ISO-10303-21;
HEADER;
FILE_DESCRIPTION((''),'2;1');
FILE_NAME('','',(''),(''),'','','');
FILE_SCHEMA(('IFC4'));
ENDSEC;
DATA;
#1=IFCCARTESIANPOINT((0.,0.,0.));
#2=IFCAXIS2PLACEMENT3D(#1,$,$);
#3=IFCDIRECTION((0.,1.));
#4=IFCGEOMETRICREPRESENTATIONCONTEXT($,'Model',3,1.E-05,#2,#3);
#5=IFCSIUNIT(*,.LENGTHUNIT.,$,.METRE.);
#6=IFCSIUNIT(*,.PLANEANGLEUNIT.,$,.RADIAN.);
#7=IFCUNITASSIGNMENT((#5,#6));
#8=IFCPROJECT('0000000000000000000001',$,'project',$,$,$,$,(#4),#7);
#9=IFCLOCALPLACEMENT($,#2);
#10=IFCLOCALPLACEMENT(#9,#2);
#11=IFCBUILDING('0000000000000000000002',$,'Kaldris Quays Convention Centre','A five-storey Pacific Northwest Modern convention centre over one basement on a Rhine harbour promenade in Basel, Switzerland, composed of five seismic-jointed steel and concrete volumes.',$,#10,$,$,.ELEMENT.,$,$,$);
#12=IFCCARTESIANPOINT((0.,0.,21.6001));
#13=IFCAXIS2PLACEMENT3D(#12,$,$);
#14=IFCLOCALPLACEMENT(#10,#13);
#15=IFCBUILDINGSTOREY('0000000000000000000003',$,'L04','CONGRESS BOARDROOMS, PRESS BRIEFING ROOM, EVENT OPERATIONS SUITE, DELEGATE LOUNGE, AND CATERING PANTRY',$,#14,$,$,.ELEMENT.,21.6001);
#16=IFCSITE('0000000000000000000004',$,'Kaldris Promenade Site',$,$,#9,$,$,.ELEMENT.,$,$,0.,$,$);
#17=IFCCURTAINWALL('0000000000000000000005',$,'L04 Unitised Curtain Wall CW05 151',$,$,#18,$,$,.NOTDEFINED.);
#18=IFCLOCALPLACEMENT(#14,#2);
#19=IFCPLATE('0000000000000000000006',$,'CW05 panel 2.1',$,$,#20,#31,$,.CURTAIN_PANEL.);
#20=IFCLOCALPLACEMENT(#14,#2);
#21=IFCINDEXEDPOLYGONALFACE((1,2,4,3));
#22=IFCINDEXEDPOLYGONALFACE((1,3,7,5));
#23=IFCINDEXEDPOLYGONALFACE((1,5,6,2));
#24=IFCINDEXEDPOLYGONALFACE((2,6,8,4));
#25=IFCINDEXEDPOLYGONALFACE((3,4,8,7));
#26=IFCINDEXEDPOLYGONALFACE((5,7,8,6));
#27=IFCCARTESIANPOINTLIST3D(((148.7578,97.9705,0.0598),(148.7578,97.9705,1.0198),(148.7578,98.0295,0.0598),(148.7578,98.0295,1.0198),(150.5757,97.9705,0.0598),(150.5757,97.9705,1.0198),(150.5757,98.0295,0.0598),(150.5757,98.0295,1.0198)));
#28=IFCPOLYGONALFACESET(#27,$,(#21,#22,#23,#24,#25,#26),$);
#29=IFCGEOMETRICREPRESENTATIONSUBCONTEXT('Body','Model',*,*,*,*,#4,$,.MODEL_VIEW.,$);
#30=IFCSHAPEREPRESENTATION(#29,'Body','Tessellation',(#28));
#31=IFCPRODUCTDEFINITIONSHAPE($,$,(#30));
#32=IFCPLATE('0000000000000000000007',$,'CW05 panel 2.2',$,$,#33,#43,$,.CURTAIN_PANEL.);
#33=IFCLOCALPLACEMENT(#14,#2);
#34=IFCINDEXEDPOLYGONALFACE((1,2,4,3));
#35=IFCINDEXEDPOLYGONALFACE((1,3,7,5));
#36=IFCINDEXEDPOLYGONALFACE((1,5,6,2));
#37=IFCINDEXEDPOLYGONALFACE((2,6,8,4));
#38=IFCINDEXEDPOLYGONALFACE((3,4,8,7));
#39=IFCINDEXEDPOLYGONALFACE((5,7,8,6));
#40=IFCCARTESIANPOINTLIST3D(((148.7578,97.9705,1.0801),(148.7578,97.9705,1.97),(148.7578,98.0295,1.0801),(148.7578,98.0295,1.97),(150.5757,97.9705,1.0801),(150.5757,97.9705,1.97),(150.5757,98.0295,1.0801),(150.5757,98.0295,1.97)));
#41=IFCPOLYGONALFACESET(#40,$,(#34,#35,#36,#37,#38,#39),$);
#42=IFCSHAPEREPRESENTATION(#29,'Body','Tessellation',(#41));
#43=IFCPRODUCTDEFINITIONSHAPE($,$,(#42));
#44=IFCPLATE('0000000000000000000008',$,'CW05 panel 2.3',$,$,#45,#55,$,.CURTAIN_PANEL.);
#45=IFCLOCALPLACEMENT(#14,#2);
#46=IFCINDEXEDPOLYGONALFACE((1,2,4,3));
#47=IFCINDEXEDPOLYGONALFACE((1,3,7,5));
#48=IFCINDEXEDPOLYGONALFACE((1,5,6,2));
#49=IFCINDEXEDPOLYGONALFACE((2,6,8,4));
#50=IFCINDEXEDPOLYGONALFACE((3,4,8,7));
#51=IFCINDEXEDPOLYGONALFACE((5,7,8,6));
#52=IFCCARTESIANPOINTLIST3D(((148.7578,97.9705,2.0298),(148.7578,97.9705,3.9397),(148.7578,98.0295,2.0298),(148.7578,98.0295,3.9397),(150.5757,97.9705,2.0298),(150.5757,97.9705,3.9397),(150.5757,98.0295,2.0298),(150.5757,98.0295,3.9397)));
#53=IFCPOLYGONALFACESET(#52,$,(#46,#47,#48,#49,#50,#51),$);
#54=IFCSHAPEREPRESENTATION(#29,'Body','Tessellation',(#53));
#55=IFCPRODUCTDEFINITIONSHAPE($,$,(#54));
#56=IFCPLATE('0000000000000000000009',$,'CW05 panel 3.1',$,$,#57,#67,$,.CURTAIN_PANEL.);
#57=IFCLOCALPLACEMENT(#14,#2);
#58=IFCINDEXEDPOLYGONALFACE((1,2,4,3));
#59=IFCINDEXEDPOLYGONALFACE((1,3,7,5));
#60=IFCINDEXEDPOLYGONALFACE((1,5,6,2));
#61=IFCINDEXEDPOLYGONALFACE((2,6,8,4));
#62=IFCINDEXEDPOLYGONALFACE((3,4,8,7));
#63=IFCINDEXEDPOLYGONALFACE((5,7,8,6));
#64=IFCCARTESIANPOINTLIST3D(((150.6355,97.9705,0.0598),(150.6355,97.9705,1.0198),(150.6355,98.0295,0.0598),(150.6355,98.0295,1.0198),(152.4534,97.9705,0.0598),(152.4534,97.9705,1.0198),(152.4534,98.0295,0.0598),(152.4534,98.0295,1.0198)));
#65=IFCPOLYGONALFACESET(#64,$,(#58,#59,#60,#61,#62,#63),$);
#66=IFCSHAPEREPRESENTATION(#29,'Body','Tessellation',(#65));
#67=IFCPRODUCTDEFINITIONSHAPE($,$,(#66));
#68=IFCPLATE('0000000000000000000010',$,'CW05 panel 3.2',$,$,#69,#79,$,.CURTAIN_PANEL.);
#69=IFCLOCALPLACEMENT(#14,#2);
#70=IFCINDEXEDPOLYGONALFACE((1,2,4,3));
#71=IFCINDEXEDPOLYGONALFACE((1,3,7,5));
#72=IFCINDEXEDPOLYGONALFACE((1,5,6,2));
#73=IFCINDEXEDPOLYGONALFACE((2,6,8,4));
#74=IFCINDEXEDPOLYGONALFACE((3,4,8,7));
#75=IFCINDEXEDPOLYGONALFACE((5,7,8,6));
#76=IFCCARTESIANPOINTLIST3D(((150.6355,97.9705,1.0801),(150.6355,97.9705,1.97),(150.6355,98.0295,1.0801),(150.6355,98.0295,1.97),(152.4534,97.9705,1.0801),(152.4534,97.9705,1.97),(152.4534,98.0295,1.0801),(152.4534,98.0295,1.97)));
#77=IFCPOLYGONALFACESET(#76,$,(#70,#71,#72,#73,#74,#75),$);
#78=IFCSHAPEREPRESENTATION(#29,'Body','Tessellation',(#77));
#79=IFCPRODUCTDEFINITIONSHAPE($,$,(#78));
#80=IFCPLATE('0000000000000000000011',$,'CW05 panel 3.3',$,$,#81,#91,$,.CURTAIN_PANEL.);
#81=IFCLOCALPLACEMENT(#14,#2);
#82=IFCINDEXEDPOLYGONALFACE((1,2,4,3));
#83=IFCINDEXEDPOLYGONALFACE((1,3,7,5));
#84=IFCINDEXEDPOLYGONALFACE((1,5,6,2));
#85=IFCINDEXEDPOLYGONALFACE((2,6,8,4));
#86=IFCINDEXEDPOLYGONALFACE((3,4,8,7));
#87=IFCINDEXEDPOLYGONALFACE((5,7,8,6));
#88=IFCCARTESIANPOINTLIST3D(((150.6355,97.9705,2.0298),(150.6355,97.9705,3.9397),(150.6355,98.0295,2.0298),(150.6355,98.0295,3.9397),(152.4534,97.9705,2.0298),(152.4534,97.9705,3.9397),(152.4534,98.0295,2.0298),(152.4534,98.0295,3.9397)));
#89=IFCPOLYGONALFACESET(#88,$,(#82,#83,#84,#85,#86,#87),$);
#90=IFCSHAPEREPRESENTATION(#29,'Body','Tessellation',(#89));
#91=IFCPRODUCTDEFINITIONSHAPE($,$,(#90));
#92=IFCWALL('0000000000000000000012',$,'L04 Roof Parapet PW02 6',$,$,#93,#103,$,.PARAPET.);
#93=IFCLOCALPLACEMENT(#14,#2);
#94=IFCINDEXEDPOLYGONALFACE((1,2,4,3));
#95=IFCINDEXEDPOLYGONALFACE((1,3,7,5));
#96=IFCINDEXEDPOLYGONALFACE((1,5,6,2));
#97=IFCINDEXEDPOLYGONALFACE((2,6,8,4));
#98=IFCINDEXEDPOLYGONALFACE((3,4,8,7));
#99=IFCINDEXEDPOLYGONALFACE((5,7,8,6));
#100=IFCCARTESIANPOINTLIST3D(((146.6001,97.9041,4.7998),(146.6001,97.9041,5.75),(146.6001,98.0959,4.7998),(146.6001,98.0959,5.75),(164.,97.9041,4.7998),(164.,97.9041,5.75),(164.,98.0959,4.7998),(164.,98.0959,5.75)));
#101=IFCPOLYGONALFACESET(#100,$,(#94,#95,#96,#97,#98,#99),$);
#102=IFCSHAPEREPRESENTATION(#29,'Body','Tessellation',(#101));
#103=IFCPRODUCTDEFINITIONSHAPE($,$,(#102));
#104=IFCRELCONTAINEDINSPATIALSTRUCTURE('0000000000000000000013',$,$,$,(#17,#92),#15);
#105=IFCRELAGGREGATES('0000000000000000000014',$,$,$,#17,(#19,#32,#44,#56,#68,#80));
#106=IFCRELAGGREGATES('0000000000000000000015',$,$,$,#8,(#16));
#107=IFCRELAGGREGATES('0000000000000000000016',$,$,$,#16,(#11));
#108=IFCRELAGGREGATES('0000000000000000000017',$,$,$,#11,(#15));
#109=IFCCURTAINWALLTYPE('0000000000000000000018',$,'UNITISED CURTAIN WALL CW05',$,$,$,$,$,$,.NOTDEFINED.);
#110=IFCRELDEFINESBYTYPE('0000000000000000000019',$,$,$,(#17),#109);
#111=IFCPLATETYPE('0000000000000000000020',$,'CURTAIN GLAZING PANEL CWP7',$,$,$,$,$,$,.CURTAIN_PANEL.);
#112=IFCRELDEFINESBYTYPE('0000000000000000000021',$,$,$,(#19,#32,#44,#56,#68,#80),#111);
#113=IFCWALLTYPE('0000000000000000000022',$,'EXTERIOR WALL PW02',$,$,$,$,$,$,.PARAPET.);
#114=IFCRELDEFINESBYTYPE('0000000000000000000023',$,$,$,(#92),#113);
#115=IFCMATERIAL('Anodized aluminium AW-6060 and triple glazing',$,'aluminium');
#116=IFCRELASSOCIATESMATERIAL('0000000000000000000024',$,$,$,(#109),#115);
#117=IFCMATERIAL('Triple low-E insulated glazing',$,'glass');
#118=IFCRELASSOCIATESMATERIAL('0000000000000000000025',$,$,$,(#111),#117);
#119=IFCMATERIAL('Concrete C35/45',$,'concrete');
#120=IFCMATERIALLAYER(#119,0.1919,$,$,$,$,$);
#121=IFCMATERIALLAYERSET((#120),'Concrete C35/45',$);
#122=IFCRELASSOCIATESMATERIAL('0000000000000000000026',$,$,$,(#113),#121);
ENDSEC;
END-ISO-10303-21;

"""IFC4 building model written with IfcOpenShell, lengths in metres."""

from ifc_helpers import new_model, si_unit, direction, frame, frame_2d, origin, origin_2d, place, context, subcontext, project, spatial, rectangle, extrude, material, layer, layer_set, type_object, element, aggregate, save


model = new_model("IFC4")

# Units and contexts
model_context = context("Model", 3, precision=1e-05, world=origin(), true_north=direction((0.0, 1.0)))
body_context = subcontext(model_context, "Body", "Model", "MODEL_VIEW")
ifc_project = project(units=[si_unit("LENGTHUNIT", "METRE"), si_unit("PLANEANGLEUNIT", "RADIAN")], contexts=[model_context])

# Site, building, storey
site_placement = place(None, origin())
site = spatial("IfcSite", under=ifc_project, at=site_placement, Name="Kaldris Promenade Site", CompositionType="ELEMENT", RefElevation=0.0)
building_placement = place(site_placement, origin())
building = spatial("IfcBuilding", under=site, at=building_placement, Name="Kaldris Quays Convention Centre", Description="A five-storey Pacific Northwest Modern convention centre over one basement on a Rhine harbour promenade in Basel, Switzerland, composed of five seismic-jointed steel and concrete volumes.", CompositionType="ELEMENT")
storey_placement = place(building_placement, frame((0.0, 0.0, 21.6001)))
storey = spatial("IfcBuildingStorey", under=building, at=storey_placement, Name="L04", Description="CONGRESS BOARDROOMS, PRESS BRIEFING ROOM, EVENT OPERATIONS SUITE, DELEGATE LOUNGE, AND CATERING PANTRY", CompositionType="ELEMENT", Elevation=21.6001)

# Curtain wall
ifc_material_1 = material(Name="Anodized aluminium AW-6060 and triple glazing", Category="aluminium")
curtain_wall_type = type_object("IfcCurtainWallType", Name="UNITISED CURTAIN WALL CW05", PredefinedType="NOTDEFINED", material=ifc_material_1)
curtain_wall_placement = place(storey_placement, origin())
curtain_wall = element("IfcCurtainWall", 1, at=curtain_wall_placement, inside=storey, type_object=curtain_wall_type, Name="L04 Unitised Curtain Wall CW05 151", PredefinedType="NOTDEFINED")

# Plates
ifc_material_2 = material(Name="Triple low-E insulated glazing", Category="glass")
plate_type = type_object("IfcPlateType", Name="CURTAIN GLAZING PANEL CWP7", PredefinedType="CURTAIN_PANEL", material=ifc_material_2)
plate_1_placement = place(storey_placement, frame((149.6667, 98.0, 0.0598), z_axis=(0.0, 0.0, 1.0), x_axis=(1.0, 0.0, 0.0)))
plate_1 = element("IfcPlate", 2, at=plate_1_placement, type_object=plate_type, Name="CW05 panel 2.1", PredefinedType="CURTAIN_PANEL", context=body_context, shape_type="SweptSolid", body=[
    extrude(rectangle(XDim=1.8179, YDim=0.0591, at=origin_2d()), origin(), (0.0, 0.0, 1.0), 0.96),
])
plate_2_placement = place(storey_placement, frame((149.6667, 98.0, 1.0801), z_axis=(0.0, 0.0, 1.0), x_axis=(1.0, 0.0, 0.0)))
plate_2 = element("IfcPlate", 3, at=plate_2_placement, type_object=plate_type, Name="CW05 panel 2.2", PredefinedType="CURTAIN_PANEL", context=body_context, shape_type="SweptSolid", body=[
    extrude(rectangle(XDim=1.8179, YDim=0.0591, at=origin_2d()), origin(), (0.0, 0.0, 1.0), 0.8899),
])
plate_3_placement = place(storey_placement, frame((149.6667, 98.0, 2.0298), z_axis=(0.0, 0.0, 1.0), x_axis=(1.0, 0.0, 0.0)))
plate_3 = element("IfcPlate", 4, at=plate_3_placement, type_object=plate_type, Name="CW05 panel 2.3", PredefinedType="CURTAIN_PANEL", context=body_context, shape_type="SweptSolid", body=[
    extrude(rectangle(XDim=1.8179, YDim=0.0591, at=origin_2d()), origin(), (0.0, 0.0, 1.0), 1.9099),
])
plate_4_placement = place(storey_placement, frame((151.5444, 98.0, 0.0598), z_axis=(0.0, 0.0, 1.0), x_axis=(1.0, 0.0, 0.0)))
plate_4 = element("IfcPlate", 5, at=plate_4_placement, type_object=plate_type, Name="CW05 panel 3.1", PredefinedType="CURTAIN_PANEL", context=body_context, shape_type="SweptSolid", body=[
    extrude(rectangle(XDim=1.8179, YDim=0.0591, at=origin_2d()), origin(), (0.0, 0.0, 1.0), 0.96),
])
plate_5_placement = place(storey_placement, frame((151.5444, 98.0, 1.0801), z_axis=(0.0, 0.0, 1.0), x_axis=(1.0, 0.0, 0.0)))
plate_5 = element("IfcPlate", 6, at=plate_5_placement, type_object=plate_type, Name="CW05 panel 3.2", PredefinedType="CURTAIN_PANEL", context=body_context, shape_type="SweptSolid", body=[
    extrude(rectangle(XDim=1.8179, YDim=0.0591, at=origin_2d()), origin(), (0.0, 0.0, 1.0), 0.8899),
])
plate_6_placement = place(storey_placement, frame((151.5444, 98.0, 2.0298), z_axis=(0.0, 0.0, 1.0), x_axis=(1.0, 0.0, 0.0)))
plate_6 = element("IfcPlate", 7, at=plate_6_placement, type_object=plate_type, Name="CW05 panel 3.3", PredefinedType="CURTAIN_PANEL", context=body_context, shape_type="SweptSolid", body=[
    extrude(rectangle(XDim=1.8179, YDim=0.0591, at=origin_2d()), origin(), (0.0, 0.0, 1.0), 1.9099),
])
aggregate(curtain_wall, [plate_1, plate_2, plate_3, plate_4, plate_5, plate_6])

# Wall
ifc_material_3 = material(Name="Concrete C35/45", Category="concrete")
ifc_layer = layer(ifc_material_3, 0.1919)
ifc_layer_set = layer_set([ifc_layer], Name="Concrete C35/45")
wall_type = type_object("IfcWallType", Name="EXTERIOR WALL PW02", PredefinedType="PARAPET", material=ifc_layer_set)
wall_placement = place(storey_placement, frame((146.6001, 98.0, 4.7998), z_axis=(0.0, 0.0, 1.0), x_axis=(1.0, 0.0, 0.0)))
element("IfcWall", 8, at=wall_placement, inside=storey, type_object=wall_type, Name="L04 Roof Parapet PW02 6", PredefinedType="PARAPET", context=body_context, shape_type="SweptSolid", body=[
    extrude(rectangle(XDim=17.3999, YDim=0.1919, at=frame_2d((8.7, 0.0))), origin(), (0.0, 0.0, 1.0), 0.9502),
])

save(model, "model.ifc")
